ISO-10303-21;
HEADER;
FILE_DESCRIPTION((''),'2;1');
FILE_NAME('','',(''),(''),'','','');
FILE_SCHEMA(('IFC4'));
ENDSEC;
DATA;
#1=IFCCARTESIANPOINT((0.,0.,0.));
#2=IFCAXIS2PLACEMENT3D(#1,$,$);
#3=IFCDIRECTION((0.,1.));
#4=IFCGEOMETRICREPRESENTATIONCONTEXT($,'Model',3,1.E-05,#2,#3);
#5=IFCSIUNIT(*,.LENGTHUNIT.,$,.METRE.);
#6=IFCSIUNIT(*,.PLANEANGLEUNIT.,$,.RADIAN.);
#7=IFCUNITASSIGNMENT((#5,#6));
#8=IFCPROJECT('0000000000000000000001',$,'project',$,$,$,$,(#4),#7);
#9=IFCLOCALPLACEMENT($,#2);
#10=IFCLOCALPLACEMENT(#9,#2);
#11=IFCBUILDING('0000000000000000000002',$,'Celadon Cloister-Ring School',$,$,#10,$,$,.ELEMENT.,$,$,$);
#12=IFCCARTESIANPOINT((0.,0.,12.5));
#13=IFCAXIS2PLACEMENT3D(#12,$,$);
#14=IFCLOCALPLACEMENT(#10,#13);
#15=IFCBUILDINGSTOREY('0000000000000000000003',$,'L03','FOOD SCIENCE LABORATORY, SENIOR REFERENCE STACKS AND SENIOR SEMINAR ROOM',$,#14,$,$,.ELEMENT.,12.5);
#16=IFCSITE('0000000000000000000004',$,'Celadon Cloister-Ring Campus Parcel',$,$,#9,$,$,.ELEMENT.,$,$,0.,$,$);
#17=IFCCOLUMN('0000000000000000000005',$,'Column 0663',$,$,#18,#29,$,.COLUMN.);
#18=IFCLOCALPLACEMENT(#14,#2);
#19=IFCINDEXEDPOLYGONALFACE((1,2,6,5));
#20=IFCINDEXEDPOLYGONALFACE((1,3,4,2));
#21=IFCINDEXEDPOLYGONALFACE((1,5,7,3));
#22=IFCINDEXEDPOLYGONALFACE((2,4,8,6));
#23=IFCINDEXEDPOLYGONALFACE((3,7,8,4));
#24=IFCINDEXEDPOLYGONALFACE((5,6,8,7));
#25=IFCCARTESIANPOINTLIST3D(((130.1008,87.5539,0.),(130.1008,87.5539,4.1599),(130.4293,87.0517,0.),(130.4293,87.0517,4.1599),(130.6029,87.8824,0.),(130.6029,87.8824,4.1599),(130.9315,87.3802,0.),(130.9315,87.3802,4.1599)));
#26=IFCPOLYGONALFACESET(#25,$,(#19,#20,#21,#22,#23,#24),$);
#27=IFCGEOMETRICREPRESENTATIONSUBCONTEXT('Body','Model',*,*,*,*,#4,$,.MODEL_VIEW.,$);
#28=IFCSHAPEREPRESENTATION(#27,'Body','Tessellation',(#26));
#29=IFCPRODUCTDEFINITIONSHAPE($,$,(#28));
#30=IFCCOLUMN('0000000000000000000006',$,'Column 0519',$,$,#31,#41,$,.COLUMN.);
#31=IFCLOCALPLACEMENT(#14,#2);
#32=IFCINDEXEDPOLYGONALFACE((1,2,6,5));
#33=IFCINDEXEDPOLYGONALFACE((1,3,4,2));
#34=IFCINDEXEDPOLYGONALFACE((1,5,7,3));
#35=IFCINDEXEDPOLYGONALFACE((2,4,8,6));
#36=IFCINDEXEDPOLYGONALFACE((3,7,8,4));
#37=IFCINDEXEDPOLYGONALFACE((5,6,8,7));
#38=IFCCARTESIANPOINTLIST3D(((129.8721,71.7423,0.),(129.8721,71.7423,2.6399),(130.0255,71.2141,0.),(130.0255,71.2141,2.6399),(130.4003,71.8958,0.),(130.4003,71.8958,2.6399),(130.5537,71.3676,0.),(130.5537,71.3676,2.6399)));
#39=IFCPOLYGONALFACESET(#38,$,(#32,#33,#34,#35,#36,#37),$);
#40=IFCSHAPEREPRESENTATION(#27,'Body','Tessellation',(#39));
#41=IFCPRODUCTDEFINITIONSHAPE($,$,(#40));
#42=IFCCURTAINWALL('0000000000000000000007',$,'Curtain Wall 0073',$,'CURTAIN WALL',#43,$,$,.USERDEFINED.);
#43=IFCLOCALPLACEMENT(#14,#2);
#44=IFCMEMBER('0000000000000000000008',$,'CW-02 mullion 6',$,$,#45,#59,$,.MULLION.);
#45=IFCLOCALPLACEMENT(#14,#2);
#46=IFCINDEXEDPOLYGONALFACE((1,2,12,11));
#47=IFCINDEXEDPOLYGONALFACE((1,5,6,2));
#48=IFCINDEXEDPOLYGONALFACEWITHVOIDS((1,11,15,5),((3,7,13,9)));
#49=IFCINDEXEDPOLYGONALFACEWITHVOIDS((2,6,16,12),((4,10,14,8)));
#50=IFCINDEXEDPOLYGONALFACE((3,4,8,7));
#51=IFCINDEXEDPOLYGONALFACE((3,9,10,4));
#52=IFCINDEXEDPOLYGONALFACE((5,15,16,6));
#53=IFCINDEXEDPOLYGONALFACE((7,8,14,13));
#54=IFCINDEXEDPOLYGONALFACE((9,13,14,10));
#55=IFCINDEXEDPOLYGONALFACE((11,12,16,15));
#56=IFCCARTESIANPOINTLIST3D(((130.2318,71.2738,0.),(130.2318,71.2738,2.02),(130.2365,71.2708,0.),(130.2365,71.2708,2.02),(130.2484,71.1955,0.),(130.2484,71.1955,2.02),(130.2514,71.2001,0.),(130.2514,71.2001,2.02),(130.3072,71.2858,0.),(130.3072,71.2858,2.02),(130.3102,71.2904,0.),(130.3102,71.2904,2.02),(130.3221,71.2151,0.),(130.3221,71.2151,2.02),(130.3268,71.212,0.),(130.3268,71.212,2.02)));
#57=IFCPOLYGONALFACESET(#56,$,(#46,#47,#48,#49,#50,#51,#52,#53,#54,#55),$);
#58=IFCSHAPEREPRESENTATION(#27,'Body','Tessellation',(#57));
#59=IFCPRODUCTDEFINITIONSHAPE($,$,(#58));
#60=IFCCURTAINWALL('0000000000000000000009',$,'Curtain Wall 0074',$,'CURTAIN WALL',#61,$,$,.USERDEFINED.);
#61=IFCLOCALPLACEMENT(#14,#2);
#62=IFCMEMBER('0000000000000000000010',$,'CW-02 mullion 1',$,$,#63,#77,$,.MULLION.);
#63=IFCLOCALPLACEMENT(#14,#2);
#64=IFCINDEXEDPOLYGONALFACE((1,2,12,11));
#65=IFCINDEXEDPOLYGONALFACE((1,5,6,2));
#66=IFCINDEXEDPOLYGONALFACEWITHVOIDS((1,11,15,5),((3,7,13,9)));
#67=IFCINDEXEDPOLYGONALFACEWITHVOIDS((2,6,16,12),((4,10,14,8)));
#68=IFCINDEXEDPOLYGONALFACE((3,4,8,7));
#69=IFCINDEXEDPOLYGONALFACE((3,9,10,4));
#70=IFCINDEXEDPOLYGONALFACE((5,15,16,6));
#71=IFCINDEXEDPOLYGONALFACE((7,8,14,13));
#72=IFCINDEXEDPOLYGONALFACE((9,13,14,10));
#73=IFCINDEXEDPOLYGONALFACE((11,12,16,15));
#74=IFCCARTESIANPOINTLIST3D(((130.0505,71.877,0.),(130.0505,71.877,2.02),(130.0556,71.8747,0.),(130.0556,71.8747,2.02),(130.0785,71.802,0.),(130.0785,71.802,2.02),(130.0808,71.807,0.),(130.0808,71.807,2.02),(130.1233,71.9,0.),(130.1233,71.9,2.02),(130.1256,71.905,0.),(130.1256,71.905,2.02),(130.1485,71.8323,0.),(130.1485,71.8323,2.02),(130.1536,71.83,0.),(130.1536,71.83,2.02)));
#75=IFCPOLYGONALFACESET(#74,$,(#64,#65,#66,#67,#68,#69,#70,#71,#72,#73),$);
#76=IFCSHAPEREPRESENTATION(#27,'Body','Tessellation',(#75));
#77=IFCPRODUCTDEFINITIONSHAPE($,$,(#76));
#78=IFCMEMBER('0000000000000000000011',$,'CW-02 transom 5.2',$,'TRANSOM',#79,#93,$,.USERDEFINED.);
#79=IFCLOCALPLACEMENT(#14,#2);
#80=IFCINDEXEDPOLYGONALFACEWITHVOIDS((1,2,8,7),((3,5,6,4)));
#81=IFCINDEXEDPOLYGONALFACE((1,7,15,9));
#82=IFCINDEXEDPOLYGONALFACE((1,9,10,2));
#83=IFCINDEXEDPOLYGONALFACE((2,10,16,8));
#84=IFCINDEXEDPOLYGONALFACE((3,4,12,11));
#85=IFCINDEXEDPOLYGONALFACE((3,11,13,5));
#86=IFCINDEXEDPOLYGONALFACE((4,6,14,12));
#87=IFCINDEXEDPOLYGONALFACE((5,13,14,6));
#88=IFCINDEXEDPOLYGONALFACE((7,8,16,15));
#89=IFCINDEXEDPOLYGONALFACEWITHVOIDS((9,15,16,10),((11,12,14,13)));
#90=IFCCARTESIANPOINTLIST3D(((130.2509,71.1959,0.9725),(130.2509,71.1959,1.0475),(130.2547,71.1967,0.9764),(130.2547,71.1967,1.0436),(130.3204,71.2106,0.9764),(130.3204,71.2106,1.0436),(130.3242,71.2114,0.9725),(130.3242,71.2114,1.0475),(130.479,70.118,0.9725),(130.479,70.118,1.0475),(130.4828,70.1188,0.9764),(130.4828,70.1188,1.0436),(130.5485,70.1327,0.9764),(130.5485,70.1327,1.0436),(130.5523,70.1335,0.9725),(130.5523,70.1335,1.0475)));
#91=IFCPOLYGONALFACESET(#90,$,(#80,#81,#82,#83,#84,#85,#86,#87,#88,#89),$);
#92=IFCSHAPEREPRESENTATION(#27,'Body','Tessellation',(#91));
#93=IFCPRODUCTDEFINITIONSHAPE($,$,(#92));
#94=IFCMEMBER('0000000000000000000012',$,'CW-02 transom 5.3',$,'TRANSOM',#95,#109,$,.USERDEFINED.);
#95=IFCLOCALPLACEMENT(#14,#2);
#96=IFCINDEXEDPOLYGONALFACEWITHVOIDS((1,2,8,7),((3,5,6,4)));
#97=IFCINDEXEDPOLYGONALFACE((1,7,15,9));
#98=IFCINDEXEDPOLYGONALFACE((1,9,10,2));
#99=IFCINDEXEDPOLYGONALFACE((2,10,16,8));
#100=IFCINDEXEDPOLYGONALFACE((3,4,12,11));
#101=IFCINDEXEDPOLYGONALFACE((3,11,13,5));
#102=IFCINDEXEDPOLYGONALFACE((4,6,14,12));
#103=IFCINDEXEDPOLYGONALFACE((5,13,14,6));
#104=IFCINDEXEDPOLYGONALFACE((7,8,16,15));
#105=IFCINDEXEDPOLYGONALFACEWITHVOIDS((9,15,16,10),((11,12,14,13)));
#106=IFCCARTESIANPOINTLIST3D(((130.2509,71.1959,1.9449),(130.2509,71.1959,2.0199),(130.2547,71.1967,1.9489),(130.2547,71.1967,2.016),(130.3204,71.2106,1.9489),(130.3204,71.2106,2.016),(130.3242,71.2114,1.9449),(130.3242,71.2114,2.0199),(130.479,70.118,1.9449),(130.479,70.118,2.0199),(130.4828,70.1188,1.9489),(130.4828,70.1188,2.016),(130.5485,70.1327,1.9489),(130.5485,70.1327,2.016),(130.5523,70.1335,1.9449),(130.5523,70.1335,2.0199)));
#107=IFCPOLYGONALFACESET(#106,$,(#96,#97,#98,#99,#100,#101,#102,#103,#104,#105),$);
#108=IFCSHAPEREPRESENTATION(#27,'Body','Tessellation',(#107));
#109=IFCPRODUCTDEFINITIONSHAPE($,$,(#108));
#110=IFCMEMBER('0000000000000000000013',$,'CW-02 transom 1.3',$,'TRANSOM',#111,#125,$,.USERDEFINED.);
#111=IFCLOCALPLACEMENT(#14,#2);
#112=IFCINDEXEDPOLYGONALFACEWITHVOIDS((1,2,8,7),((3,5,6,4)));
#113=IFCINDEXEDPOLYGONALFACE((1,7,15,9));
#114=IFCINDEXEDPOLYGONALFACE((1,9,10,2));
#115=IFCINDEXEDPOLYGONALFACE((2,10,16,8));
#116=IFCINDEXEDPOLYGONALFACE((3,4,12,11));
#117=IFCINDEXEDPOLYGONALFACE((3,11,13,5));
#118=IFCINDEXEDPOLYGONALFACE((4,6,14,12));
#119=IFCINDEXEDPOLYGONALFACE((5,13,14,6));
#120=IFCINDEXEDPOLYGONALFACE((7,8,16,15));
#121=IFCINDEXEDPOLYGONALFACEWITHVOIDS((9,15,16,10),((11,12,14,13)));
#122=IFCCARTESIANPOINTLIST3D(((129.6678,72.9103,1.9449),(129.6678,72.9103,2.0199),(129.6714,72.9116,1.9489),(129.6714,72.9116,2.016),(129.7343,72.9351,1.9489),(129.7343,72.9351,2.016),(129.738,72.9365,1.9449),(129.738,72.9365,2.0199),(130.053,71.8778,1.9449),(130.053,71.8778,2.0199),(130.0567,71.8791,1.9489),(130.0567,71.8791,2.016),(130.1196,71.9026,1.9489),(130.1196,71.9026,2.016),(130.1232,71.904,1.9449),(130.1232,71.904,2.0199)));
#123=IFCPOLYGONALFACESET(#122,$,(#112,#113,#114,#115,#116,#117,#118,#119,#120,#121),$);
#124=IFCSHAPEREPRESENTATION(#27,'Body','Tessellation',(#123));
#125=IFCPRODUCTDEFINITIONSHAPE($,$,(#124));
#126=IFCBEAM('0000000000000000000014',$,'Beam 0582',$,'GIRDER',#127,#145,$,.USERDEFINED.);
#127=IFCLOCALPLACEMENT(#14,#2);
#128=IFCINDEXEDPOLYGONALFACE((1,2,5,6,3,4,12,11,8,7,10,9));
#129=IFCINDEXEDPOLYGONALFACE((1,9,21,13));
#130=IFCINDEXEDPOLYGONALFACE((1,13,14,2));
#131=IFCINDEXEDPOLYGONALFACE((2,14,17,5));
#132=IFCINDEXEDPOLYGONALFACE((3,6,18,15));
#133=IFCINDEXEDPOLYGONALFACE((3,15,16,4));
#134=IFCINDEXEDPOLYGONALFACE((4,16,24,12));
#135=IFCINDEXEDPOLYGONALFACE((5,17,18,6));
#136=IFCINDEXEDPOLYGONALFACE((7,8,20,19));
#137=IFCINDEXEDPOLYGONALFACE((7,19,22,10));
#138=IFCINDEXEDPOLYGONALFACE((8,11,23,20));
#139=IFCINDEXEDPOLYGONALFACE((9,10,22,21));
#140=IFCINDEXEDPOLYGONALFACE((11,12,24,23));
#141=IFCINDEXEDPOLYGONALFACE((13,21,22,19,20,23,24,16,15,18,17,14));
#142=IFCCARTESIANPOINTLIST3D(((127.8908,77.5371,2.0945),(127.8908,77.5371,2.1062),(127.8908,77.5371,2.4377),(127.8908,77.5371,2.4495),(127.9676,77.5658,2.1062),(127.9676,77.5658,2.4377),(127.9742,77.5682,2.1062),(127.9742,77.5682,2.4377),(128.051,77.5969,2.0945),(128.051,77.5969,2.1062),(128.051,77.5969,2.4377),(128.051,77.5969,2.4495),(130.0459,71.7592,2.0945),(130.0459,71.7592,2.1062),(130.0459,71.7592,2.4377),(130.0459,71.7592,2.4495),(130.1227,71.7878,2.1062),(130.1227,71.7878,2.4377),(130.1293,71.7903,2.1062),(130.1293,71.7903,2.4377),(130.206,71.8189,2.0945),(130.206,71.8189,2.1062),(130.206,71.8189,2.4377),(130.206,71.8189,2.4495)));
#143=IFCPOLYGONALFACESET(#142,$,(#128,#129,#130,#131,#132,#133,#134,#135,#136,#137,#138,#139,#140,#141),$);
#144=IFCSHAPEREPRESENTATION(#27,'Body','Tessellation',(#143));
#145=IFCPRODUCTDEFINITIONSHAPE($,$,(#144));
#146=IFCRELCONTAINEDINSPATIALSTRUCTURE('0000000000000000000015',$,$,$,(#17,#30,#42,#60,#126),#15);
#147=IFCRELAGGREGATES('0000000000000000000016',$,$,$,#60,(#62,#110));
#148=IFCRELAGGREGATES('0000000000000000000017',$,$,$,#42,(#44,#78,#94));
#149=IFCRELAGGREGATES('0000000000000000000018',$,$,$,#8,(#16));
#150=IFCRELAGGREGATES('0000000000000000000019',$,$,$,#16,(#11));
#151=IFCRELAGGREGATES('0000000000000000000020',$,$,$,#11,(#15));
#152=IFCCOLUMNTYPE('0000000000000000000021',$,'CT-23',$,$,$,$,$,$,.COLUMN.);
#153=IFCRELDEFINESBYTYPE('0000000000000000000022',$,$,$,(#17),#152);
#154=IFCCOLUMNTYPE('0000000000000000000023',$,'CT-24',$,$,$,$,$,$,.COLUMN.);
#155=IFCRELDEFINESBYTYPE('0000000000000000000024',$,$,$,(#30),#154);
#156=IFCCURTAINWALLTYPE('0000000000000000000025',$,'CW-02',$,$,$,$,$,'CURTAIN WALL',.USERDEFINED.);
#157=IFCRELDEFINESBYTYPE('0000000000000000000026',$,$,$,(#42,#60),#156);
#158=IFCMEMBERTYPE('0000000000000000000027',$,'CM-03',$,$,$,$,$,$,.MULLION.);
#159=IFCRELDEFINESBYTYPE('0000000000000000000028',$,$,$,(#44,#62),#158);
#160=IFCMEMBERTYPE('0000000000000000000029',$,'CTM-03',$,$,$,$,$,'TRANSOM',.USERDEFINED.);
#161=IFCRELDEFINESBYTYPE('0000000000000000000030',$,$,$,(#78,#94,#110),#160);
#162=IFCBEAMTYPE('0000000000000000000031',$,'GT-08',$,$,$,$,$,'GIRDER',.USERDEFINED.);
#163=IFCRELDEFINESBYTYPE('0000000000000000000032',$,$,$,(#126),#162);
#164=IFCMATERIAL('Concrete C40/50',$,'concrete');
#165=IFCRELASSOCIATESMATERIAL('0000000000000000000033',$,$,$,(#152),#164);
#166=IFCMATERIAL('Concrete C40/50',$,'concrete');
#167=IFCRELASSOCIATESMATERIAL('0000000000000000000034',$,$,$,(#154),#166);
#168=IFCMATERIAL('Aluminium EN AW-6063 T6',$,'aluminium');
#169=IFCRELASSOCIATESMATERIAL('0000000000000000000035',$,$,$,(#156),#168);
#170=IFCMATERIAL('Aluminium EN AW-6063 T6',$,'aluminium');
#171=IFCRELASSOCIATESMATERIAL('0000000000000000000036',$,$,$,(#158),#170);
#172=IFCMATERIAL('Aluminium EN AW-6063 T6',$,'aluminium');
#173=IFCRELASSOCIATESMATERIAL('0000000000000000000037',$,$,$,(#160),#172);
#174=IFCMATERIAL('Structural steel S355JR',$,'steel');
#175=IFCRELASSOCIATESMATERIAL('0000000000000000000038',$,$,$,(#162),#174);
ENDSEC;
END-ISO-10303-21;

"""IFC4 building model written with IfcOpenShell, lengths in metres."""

from ifc_helpers import new_model, si_unit, direction, frame, origin, origin_2d, place, context, subcontext, project, spatial, rectangle, hollow_rectangle, i_section, extrude, material, material_profile, profile_set, type_object, element, aggregate, save


model = new_model("IFC4")

# Units and contexts
model_context = context("Model", 3, precision=1e-05, world=origin(), true_north=direction((0.0, 1.0)))
body_context = subcontext(model_context, "Body", "Model", "MODEL_VIEW")
ifc_project = project(units=[si_unit("LENGTHUNIT", "METRE"), si_unit("PLANEANGLEUNIT", "RADIAN")], contexts=[model_context])

# Site, building, storey
site_placement = place(None, origin())
site = spatial("IfcSite", under=ifc_project, at=site_placement, Name="Celadon Cloister-Ring Campus Parcel", CompositionType="ELEMENT", RefElevation=0.0)
building_placement = place(site_placement, origin())
building = spatial("IfcBuilding", under=site, at=building_placement, Name="Celadon Cloister-Ring School", CompositionType="ELEMENT")
storey_placement = place(building_placement, frame((0.0, 0.0, 12.5)))
storey = spatial("IfcBuildingStorey", under=building, at=storey_placement, Name="L03", Description="FOOD SCIENCE LABORATORY, SENIOR REFERENCE STACKS AND SENIOR SEMINAR ROOM", CompositionType="ELEMENT", Elevation=12.5)

# Columns
ifc_material_1 = material(Name="Concrete C40/50", Category="concrete")
ifc_material_profile_1 = material_profile(ifc_material_1, rectangle(XDim=0.6001, YDim=0.6001, at=origin_2d()), Name="RC600X600")
ifc_profile_set_1 = profile_set([ifc_material_profile_1], Name="Concrete C40/50")
column_type_1 = type_object("IfcColumnType", Name="CT-23", PredefinedType="COLUMN", material=ifc_profile_set_1)
column_1_placement = place(storey_placement, frame((130.5161, 87.467, 0.0), z_axis=(0.0, 0.0, 1.0), x_axis=(0.836841, 0.547446, 0.0)))
element("IfcColumn", 1, at=column_1_placement, inside=storey, type_object=column_type_1, Name="Column 0663", PredefinedType="COLUMN", context=body_context, shape_type="SweptSolid", body=[
    extrude(rectangle(XDim=0.6001, YDim=0.6001, at=origin_2d()), origin(), (0.0, 0.0, 1.0), 4.1599),
])
ifc_material_2 = material(Name="Concrete C40/50", Category="concrete")
ifc_material_profile_2 = material_profile(ifc_material_2, rectangle(XDim=0.55, YDim=0.55, at=origin_2d()), Name="RC550X550")
ifc_profile_set_2 = profile_set([ifc_material_profile_2], Name="Concrete C40/50")
column_type_2 = type_object("IfcColumnType", Name="CT-24", PredefinedType="COLUMN", material=ifc_profile_set_2)
column_2_placement = place(storey_placement, frame((130.2129, 71.5549, 0.0), z_axis=(0.0, 0.0, 1.0), x_axis=(0.960294, 0.278991, 0.0)))
element("IfcColumn", 2, at=column_2_placement, inside=storey, type_object=column_type_2, Name="Column 0519", PredefinedType="COLUMN", context=body_context, shape_type="SweptSolid", body=[
    extrude(rectangle(XDim=0.55, YDim=0.55, at=origin_2d()), origin(), (0.0, 0.0, 1.0), 2.6399),
])

# Curtain walls, members
ifc_material_3 = material(Name="Aluminium EN AW-6063 T6", Category="aluminium")
curtain_wall_type = type_object("IfcCurtainWallType", Name="CW-02", ElementType="CURTAIN WALL", PredefinedType="USERDEFINED", material=ifc_material_3)
curtain_wall_1_placement = place(storey_placement, origin())
curtain_wall_1 = element("IfcCurtainWall", 3, at=curtain_wall_1_placement, inside=storey, type_object=curtain_wall_type, Name="Curtain Wall 0073", ObjectType="CURTAIN WALL", PredefinedType="USERDEFINED")
ifc_material_4 = material(Name="Aluminium EN AW-6063 T6", Category="aluminium")
ifc_material_profile_3 = material_profile(ifc_material_4, hollow_rectangle(XDim=0.0801, YDim=0.0801, WallThickness=0.0039, at=origin_2d()), Name="RHS80X80X4")
ifc_profile_set_3 = profile_set([ifc_material_profile_3], Name="Aluminium EN AW-6063 T6")
member_type_1 = type_object("IfcMemberType", Name="CM-03", PredefinedType="MULLION", material=ifc_profile_set_3)
member_1_placement = place(storey_placement, frame((130.2793, 71.2429, 0.0), z_axis=(0.0, 0.0, 1.0), x_axis=(-0.978329, -0.207058, 0.0)))
member_1 = element("IfcMember", 4, at=member_1_placement, type_object=member_type_1, Name="CW-02 mullion 6", PredefinedType="MULLION", context=body_context, shape_type="SweptSolid", body=[
    extrude(hollow_rectangle(XDim=0.0801, YDim=0.0801, WallThickness=0.0039, at=origin_2d()), origin(), (0.0, 0.0, 1.0), 2.02),
])
curtain_wall_2_placement = place(storey_placement, origin())
curtain_wall_2 = element("IfcCurtainWall", 5, at=curtain_wall_2_placement, inside=storey, type_object=curtain_wall_type, Name="Curtain Wall 0074", ObjectType="CURTAIN WALL", PredefinedType="USERDEFINED")
member_2_placement = place(storey_placement, frame((130.1021, 71.8535, 0.0), z_axis=(0.0, 0.0, 1.0), x_axis=(-0.936947, -0.349473, 0.0)))
member_2 = element("IfcMember", 6, at=member_2_placement, type_object=member_type_1, Name="CW-02 mullion 1", PredefinedType="MULLION", context=body_context, shape_type="SweptSolid", body=[
    extrude(hollow_rectangle(XDim=0.0801, YDim=0.0801, WallThickness=0.0039, at=origin_2d()), origin(), (0.0, 0.0, 1.0), 2.02),
])

# Members
ifc_material_5 = material(Name="Aluminium EN AW-6063 T6", Category="aluminium")
ifc_material_profile_4 = material_profile(ifc_material_5, hollow_rectangle(XDim=0.075, YDim=0.075, WallThickness=0.0039, at=origin_2d()), Name="RHS75X75X4")
ifc_profile_set_4 = profile_set([ifc_material_profile_4], Name="Aluminium EN AW-6063 T6")
member_type_2 = type_object("IfcMemberType", Name="CTM-03", ElementType="TRANSOM", PredefinedType="USERDEFINED", material=ifc_profile_set_4)
member_3_placement = place(storey_placement, frame((130.5156, 70.1257, 1.01), z_axis=(-0.206971, 0.978347, 0.0), x_axis=(-0.978347, -0.206971, 0.0)))
member_3 = element("IfcMember", 7, at=member_3_placement, type_object=member_type_2, Name="CW-02 transom 5.2", ObjectType="TRANSOM", PredefinedType="USERDEFINED", context=body_context, shape_type="SweptSolid", body=[
    extrude(hollow_rectangle(XDim=0.075, YDim=0.075, WallThickness=0.0039, at=origin_2d()), origin(), (0.0, 0.0, 1.0), 1.1018),
])
member_4_placement = place(storey_placement, frame((130.5156, 70.1257, 1.9824), z_axis=(-0.206971, 0.978347, 0.0), x_axis=(-0.978347, -0.206971, 0.0)))
member_4 = element("IfcMember", 8, at=member_4_placement, type_object=member_type_2, Name="CW-02 transom 5.3", ObjectType="TRANSOM", PredefinedType="USERDEFINED", context=body_context, shape_type="SweptSolid", body=[
    extrude(hollow_rectangle(XDim=0.075, YDim=0.075, WallThickness=0.0039, at=origin_2d()), origin(), (0.0, 0.0, 1.0), 1.1018),
])
member_5_placement = place(storey_placement, frame((130.0881, 71.8909, 1.9824), z_axis=(-0.349593, 0.936902, 0.0), x_axis=(-0.936902, -0.349593, 0.0)))
member_5 = element("IfcMember", 9, at=member_5_placement, type_object=member_type_2, Name="CW-02 transom 1.3", ObjectType="TRANSOM", PredefinedType="USERDEFINED", context=body_context, shape_type="SweptSolid", body=[
    extrude(hollow_rectangle(XDim=0.075, YDim=0.075, WallThickness=0.0039, at=origin_2d()), origin(), (0.0, 0.0, 1.0), 1.1021),
])
aggregate(curtain_wall_2, [member_2, member_5])

# Beam
ifc_material_6 = material(Name="Structural steel S355JR", Category="steel")
ifc_material_profile_5 = material_profile(ifc_material_6, i_section(OverallWidth=0.1709, OverallDepth=0.355, WebThickness=0.0071, FlangeThickness=0.0117, at=origin_2d()), Name="W360X51")
ifc_profile_set_5 = profile_set([ifc_material_profile_5], Name="Structural steel S355JR")
beam_type_1 = type_object("IfcBeamType", Name="GT-08", ElementType="GIRDER", PredefinedType="USERDEFINED", material=ifc_profile_set_5)
beam_1_placement = place(storey_placement, frame((130.126, 71.7891, 2.272), z_axis=(-0.349466, 0.936949, 0.0), x_axis=(-0.936949, -0.349466, 0.0)))
element("IfcBeam", 10, at=beam_1_placement, inside=storey, type_object=beam_type_1, Name="Beam 0582", ObjectType="GIRDER", PredefinedType="USERDEFINED", context=body_context, shape_type="SweptSolid", body=[
    extrude(i_section(OverallWidth=0.1709, OverallDepth=0.355, WebThickness=0.0071, FlangeThickness=0.0117, at=origin_2d()), origin(), (0.0, 0.0, 1.0), 6.1667),
])

aggregate(curtain_wall_1, [member_1, member_3, member_4])

save(model, "model.ifc")
